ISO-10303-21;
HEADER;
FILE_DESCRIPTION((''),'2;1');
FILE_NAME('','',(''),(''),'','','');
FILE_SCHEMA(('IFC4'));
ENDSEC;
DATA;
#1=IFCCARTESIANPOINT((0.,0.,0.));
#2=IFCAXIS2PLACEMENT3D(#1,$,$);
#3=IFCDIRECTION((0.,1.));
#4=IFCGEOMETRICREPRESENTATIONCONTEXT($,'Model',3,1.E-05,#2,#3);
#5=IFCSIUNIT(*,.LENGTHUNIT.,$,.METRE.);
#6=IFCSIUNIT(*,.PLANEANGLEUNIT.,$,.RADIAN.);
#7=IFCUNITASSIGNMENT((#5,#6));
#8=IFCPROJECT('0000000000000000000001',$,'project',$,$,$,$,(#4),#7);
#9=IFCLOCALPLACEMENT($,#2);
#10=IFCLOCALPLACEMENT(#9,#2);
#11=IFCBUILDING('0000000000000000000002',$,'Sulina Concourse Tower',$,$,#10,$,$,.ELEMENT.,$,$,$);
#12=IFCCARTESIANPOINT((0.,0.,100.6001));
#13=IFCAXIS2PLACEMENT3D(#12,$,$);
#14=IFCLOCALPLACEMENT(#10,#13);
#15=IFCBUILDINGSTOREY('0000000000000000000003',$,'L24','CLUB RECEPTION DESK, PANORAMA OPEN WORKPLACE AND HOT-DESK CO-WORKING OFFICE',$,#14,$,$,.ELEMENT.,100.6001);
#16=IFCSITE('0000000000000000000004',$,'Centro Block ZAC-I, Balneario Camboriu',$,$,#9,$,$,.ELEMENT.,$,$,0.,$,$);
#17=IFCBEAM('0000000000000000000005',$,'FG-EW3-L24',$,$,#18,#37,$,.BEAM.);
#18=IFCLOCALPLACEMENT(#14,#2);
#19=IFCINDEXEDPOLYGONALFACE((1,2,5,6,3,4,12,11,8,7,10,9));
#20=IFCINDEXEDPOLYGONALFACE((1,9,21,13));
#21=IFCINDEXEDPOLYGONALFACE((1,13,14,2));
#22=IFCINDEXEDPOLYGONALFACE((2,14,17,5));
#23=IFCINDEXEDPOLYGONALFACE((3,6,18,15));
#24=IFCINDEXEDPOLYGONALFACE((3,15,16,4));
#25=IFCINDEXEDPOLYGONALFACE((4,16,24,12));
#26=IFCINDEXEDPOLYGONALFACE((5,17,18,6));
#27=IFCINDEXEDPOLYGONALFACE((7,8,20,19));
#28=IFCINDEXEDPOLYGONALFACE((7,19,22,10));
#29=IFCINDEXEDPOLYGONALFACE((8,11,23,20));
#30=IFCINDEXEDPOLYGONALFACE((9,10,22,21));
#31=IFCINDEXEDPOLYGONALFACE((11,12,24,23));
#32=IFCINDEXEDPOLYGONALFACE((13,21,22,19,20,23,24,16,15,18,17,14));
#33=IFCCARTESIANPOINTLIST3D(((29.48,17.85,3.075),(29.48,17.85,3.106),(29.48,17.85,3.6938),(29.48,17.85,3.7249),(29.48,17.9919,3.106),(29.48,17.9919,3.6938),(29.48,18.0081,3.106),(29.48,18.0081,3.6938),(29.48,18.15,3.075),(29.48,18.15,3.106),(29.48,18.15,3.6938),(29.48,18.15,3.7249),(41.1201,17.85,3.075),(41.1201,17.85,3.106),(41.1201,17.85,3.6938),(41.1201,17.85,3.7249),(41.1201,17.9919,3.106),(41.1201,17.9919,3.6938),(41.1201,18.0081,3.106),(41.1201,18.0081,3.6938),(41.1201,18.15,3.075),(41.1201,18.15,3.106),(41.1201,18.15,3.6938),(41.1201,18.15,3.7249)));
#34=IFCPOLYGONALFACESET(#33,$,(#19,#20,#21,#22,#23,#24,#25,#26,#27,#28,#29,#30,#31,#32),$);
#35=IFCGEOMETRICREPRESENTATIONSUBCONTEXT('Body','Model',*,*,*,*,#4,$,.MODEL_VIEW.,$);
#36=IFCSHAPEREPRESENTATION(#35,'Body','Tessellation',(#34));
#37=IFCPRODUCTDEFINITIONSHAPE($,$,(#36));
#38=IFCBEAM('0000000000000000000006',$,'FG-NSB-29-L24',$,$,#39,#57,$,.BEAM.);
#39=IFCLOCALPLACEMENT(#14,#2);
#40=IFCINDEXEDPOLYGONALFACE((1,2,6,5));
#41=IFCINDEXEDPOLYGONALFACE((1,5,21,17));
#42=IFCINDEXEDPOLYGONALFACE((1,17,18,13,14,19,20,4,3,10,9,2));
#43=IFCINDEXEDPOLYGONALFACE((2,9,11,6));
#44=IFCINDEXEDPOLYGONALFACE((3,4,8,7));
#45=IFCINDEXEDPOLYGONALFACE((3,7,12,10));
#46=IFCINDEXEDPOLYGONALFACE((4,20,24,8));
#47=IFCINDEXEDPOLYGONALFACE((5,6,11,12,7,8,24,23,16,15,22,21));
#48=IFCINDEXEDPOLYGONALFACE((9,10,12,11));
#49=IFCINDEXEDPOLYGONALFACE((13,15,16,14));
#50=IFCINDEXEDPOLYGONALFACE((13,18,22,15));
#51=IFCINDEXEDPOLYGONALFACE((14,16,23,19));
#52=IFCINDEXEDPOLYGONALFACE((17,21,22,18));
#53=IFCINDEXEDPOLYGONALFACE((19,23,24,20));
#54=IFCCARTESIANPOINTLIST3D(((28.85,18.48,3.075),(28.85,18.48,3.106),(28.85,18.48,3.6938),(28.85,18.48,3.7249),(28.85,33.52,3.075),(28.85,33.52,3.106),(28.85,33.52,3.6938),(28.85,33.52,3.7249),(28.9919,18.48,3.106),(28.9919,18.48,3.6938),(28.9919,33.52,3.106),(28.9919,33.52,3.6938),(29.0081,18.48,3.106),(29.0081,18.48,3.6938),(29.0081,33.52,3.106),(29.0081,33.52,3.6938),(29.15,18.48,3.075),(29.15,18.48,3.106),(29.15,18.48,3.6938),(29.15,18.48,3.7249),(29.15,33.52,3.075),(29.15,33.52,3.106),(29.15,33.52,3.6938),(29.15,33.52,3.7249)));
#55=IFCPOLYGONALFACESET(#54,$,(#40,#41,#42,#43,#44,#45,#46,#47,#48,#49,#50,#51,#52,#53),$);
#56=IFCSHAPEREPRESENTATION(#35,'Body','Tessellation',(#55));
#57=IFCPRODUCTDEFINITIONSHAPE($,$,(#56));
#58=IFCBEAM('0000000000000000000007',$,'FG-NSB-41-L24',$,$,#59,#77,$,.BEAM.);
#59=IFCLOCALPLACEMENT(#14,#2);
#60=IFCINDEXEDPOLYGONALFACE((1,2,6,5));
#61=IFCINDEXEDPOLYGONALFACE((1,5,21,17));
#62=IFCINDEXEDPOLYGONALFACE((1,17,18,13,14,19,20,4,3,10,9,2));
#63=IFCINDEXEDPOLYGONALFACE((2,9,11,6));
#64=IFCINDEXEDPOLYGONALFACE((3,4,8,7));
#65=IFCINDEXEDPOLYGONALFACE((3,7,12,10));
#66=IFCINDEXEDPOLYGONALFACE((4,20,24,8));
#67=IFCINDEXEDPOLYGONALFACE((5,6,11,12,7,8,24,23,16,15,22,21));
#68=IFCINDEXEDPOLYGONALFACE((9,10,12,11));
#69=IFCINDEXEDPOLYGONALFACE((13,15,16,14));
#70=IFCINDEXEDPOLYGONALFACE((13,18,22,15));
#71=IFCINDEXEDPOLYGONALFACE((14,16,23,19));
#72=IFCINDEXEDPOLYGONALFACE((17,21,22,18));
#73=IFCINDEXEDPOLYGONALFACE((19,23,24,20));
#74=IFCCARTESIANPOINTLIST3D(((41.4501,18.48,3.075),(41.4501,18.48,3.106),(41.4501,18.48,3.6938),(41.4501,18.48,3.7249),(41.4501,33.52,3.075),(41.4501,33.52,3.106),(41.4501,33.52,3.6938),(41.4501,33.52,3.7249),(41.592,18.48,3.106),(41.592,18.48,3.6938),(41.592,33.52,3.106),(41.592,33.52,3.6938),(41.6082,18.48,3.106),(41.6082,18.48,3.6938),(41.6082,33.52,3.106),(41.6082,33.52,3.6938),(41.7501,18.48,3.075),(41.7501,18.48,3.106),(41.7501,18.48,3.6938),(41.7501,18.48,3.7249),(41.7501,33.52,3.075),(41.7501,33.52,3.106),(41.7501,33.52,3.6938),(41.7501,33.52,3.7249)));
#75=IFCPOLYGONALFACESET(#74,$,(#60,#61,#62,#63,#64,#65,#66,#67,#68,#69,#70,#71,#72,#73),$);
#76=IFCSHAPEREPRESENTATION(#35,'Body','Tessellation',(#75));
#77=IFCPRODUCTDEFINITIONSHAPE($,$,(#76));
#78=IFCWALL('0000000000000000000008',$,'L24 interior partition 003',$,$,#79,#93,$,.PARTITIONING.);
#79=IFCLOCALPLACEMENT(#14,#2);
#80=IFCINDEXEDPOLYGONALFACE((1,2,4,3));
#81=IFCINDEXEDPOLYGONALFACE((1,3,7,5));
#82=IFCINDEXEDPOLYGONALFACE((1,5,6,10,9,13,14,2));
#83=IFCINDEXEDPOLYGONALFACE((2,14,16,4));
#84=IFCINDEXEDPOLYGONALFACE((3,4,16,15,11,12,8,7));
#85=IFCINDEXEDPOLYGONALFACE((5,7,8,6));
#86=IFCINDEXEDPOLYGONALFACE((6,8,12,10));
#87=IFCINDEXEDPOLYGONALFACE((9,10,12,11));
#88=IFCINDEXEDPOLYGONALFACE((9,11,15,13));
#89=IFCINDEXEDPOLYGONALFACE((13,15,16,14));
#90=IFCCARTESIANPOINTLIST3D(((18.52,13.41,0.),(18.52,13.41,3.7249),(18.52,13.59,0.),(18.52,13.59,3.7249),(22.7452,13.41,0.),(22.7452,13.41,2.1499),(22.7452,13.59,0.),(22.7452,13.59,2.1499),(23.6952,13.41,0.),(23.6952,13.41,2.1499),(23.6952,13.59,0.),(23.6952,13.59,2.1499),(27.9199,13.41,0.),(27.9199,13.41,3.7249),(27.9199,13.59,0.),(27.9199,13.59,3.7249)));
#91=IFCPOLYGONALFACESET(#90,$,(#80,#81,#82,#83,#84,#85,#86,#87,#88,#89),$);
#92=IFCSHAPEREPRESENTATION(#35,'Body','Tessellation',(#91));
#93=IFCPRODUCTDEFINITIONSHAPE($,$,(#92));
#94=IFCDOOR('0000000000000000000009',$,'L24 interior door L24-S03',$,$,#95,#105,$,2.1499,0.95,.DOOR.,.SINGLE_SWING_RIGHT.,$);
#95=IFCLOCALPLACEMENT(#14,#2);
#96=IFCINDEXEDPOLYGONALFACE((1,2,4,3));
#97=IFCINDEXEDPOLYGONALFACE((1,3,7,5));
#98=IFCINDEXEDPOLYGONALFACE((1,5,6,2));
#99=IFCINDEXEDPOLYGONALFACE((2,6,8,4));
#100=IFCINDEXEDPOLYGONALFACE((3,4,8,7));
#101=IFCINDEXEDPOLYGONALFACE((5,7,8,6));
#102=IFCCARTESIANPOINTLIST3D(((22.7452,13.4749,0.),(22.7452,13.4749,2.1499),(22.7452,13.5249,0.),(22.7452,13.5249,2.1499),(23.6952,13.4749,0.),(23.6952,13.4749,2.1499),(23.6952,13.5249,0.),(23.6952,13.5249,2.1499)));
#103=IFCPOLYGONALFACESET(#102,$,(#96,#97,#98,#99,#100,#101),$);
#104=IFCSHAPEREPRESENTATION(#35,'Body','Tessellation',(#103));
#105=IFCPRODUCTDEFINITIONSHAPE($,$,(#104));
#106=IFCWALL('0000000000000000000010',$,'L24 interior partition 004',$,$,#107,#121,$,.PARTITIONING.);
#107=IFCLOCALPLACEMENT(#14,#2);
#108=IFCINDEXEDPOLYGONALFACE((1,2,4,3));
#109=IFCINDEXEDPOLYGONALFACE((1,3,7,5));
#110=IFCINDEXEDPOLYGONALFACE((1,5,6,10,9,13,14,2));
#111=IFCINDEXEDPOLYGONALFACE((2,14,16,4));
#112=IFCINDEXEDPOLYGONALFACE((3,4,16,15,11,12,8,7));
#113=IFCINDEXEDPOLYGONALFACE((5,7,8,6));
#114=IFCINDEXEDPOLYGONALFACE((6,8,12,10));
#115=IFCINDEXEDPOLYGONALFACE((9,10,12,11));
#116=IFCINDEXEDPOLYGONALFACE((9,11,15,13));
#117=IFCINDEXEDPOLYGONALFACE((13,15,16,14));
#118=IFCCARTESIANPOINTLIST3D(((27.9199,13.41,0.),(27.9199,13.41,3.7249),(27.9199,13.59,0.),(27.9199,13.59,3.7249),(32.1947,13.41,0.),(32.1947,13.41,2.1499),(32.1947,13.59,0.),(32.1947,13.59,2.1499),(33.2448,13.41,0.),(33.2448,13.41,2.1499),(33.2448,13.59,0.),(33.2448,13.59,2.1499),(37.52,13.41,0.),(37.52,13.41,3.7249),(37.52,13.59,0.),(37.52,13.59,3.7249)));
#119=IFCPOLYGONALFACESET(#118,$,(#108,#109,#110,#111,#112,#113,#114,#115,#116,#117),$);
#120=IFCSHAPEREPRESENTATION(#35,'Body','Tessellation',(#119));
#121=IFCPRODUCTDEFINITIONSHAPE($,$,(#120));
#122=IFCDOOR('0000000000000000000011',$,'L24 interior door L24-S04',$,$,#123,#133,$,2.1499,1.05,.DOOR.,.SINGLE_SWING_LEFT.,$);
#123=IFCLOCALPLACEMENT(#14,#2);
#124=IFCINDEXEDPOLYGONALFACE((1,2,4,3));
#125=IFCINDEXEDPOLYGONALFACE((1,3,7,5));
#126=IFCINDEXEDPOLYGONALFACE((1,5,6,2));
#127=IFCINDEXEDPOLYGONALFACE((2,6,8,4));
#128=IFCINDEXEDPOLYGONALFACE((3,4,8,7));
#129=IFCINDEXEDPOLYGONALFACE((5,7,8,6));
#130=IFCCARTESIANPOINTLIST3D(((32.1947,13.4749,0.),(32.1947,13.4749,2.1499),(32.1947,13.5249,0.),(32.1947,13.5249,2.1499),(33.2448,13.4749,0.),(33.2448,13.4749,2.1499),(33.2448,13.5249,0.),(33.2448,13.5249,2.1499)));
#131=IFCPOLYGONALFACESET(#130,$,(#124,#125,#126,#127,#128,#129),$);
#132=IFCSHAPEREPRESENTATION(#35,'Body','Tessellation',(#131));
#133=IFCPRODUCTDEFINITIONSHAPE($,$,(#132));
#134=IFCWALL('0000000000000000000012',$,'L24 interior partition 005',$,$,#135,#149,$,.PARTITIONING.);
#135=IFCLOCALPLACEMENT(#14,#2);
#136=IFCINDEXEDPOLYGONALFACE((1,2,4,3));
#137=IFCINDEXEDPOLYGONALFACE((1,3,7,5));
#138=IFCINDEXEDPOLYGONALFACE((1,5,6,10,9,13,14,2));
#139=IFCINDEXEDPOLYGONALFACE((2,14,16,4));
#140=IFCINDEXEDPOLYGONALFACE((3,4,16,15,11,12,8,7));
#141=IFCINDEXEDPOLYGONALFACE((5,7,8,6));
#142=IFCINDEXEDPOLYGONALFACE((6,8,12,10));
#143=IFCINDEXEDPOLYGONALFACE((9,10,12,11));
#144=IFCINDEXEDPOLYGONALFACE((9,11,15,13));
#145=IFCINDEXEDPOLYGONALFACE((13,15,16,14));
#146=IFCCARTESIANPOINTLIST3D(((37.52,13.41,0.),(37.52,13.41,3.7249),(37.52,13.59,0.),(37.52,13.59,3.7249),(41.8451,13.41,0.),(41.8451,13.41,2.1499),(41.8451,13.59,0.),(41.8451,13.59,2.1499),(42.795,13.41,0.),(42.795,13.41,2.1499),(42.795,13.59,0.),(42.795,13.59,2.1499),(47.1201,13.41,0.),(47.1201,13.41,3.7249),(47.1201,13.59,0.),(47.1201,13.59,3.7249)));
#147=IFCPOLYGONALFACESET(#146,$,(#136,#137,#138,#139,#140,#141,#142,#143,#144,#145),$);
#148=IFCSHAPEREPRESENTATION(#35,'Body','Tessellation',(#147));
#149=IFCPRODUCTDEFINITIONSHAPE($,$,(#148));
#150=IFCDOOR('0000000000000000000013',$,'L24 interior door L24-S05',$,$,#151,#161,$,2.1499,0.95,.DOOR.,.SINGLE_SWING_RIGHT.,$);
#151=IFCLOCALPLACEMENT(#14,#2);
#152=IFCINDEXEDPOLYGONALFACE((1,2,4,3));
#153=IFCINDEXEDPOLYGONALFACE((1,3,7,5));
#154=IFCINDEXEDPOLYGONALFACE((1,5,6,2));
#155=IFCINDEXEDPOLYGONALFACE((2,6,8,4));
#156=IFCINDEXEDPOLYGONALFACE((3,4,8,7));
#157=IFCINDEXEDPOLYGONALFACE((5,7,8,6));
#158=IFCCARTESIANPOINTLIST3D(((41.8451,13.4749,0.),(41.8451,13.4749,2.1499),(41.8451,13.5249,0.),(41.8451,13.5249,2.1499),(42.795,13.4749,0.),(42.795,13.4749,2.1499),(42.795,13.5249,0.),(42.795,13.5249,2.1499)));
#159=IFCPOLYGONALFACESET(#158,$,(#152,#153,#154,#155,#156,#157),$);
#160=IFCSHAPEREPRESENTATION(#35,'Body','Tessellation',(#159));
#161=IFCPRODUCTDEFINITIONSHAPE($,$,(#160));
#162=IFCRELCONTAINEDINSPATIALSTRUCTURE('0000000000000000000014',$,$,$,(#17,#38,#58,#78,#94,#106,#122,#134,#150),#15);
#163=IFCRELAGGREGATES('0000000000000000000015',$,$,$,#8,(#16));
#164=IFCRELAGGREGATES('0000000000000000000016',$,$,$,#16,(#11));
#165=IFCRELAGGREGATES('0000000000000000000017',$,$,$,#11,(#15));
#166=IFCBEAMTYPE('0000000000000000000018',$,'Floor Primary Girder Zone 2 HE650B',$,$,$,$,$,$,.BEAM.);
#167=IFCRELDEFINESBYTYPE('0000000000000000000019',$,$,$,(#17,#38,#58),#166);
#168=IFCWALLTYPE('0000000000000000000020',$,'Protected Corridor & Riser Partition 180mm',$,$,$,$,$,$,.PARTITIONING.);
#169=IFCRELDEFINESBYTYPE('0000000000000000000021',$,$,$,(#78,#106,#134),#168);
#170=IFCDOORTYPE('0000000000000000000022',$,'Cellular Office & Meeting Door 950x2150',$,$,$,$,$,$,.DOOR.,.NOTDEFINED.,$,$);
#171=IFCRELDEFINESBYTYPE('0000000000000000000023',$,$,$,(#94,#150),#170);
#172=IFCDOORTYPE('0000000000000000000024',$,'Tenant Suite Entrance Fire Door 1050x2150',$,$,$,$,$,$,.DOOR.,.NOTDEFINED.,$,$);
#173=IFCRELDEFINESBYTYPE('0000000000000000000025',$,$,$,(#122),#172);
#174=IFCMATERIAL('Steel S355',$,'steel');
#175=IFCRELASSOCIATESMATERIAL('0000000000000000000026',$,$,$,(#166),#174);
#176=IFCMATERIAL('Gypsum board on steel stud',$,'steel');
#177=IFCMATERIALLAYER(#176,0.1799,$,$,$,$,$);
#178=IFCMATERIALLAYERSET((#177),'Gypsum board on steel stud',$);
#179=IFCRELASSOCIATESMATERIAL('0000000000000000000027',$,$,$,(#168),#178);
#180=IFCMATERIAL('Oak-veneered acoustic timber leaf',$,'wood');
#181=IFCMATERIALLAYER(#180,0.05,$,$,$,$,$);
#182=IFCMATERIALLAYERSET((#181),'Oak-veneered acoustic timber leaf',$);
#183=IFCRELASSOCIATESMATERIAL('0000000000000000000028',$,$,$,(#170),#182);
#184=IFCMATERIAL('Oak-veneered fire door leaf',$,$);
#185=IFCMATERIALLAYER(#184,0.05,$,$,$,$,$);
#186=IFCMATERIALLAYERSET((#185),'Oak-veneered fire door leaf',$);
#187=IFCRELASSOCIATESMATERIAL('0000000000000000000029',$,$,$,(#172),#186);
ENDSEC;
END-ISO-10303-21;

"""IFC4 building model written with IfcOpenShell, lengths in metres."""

from ifc_helpers import new_model, si_unit, direction, frame, frame_2d, origin, origin_2d, place, context, subcontext, project, spatial, rectangle, i_section, extrude, material, layer, layer_set, material_profile, profile_set, type_object, element, fill, save


model = new_model("IFC4")

# Units and contexts
model_context = context("Model", 3, precision=1e-05, world=origin(), true_north=direction((0.0, 1.0)))
body_context = subcontext(model_context, "Body", "Model", "MODEL_VIEW")
ifc_project = project(units=[si_unit("LENGTHUNIT", "METRE"), si_unit("PLANEANGLEUNIT", "RADIAN")], contexts=[model_context])

# Site, building, storey
site_placement = place(None, origin())
site = spatial("IfcSite", under=ifc_project, at=site_placement, Name="Centro Block ZAC-I, Balneario Camboriu", CompositionType="ELEMENT", RefElevation=0.0)
building_placement = place(site_placement, origin())
building = spatial("IfcBuilding", under=site, at=building_placement, Name="Sulina Concourse Tower", CompositionType="ELEMENT")
storey_placement = place(building_placement, frame((0.0, 0.0, 100.6001)))
storey = spatial("IfcBuildingStorey", under=building, at=storey_placement, Name="L24", Description="CLUB RECEPTION DESK, PANORAMA OPEN WORKPLACE AND HOT-DESK CO-WORKING OFFICE", CompositionType="ELEMENT", Elevation=100.6001)

# Beams
ifc_material_1 = material(Name="Steel S355", Category="steel")
ifc_material_profile_1 = material_profile(ifc_material_1, i_section(OverallWidth=0.3, OverallDepth=0.6499, WebThickness=0.0161, FlangeThickness=0.031, at=origin_2d()), Name="HE 650 B")
ifc_profile_set_1 = profile_set([ifc_material_profile_1], Name="Steel S355")
beam_type_1 = type_object("IfcBeamType", Name="Floor Primary Girder Zone 2 HE650B", PredefinedType="BEAM", material=ifc_profile_set_1)
beam_1_placement = place(storey_placement, frame((29.48, 18.0, 3.3999), z_axis=(1.0, 0.0, 0.0), x_axis=(0.0, 1.0, 0.0)))
element("IfcBeam", 1, at=beam_1_placement, inside=storey, type_object=beam_type_1, Name="FG-EW3-L24", PredefinedType="BEAM", context=body_context, shape_type="SweptSolid", body=[
    extrude(i_section(OverallWidth=0.3, OverallDepth=0.6499, WebThickness=0.0161, FlangeThickness=0.031, at=origin_2d()), origin(), (0.0, 0.0, 1.0), 11.6401),
])
for number, where, z_axis, x_axis, name in (
    (2, (29.0, 18.48, 3.3999), (0.0, 1.0, 0.0), (-1.0, 0.0, 0.0), "FG-NSB-29-L24"),
    (3, (41.6001, 18.48, 3.3999), (0.0, 1.0, 0.0), (-1.0, 0.0, 0.0), "FG-NSB-41-L24"),
):
    element("IfcBeam", number, at=place(storey_placement, frame(where, z_axis=z_axis, x_axis=x_axis)), inside=storey, type_object=beam_type_1, Name=name, PredefinedType="BEAM", context=body_context, shape_type="SweptSolid", body=[
        extrude(i_section(OverallWidth=0.3, OverallDepth=0.6499, WebThickness=0.0161, FlangeThickness=0.031, at=origin_2d()), origin(), (0.0, 0.0, 1.0), 15.04),
    ])

# Walls, openings, doors
ifc_material_2 = material(Name="Gypsum board on steel stud", Category="steel")
ifc_layer_1 = layer(ifc_material_2, 0.1799)
ifc_layer_set_1 = layer_set([ifc_layer_1], Name="Gypsum board on steel stud")
wall_type = type_object("IfcWallType", Name="Protected Corridor & Riser Partition 180mm", PredefinedType="PARTITIONING", material=ifc_layer_set_1)
wall_1_placement = place(storey_placement, frame((18.52, 13.5, 0.0), z_axis=(0.0, 0.0, 1.0), x_axis=(1.0, 0.0, 0.0)))
wall_1 = element("IfcWall", 4, at=wall_1_placement, inside=storey, type_object=wall_type, Name="L24 interior partition 003", PredefinedType="PARTITIONING", context=body_context, shape_type="SweptSolid", body=[
    extrude(rectangle(XDim=9.3999, YDim=0.1799, at=frame_2d((4.7, 0.0))), origin(), (0.0, 0.0, 1.0), 3.7249),
])
opening_1_placement = place(wall_1_placement, frame((4.2251, 0.0, 0.0)))
opening_1 = element("IfcOpeningElement", 5, at=opening_1_placement, cuts=wall_1, PredefinedType="OPENING", context=body_context, shape_type="SweptSolid", body=[
    extrude(rectangle(XDim=0.95, YDim=2.1499, at=frame_2d((0.4751, 1.075))), frame((0.0, 0.0999, 0.0), z_axis=(0.0, -1.0, 0.0), x_axis=(1.0, 0.0, 0.0)), (0.0, 0.0, 1.0), 0.2),
])
ifc_material_3 = material(Name="Oak-veneered acoustic timber leaf", Category="wood")
ifc_layer_2 = layer(ifc_material_3, 0.05)
ifc_layer_set_2 = layer_set([ifc_layer_2], Name="Oak-veneered acoustic timber leaf")
door_type_1 = type_object("IfcDoorType", Name="Cellular Office & Meeting Door 950x2150", OperationType="NOTDEFINED", PredefinedType="DOOR", material=ifc_layer_set_2)
door_1_placement = place(opening_1_placement, origin())
door_1 = element("IfcDoor", 6, at=door_1_placement, inside=storey, type_object=door_type_1, Name="L24 interior door L24-S03", OperationType="SINGLE_SWING_RIGHT", OverallHeight=2.1499, OverallWidth=0.95, PredefinedType="DOOR", context=body_context, shape_type="SweptSolid", body=[
    extrude(rectangle(XDim=0.95, YDim=2.1499, at=frame_2d((0.4751, 1.075))), frame((0.0, 0.0249, 0.0), z_axis=(0.0, -1.0, 0.0), x_axis=(1.0, 0.0, 0.0)), (0.0, 0.0, 1.0), 0.05),
])
fill(opening_1, door_1)
wall_2_placement = place(storey_placement, frame((27.9199, 13.5, 0.0), z_axis=(0.0, 0.0, 1.0), x_axis=(1.0, 0.0, 0.0)))
wall_2 = element("IfcWall", 7, at=wall_2_placement, inside=storey, type_object=wall_type, Name="L24 interior partition 004", PredefinedType="PARTITIONING", context=body_context, shape_type="SweptSolid", body=[
    extrude(rectangle(XDim=9.6001, YDim=0.1799, at=frame_2d((4.8, 0.0))), origin(), (0.0, 0.0, 1.0), 3.7249),
])
opening_2_placement = place(wall_2_placement, frame((4.2749, 0.0, 0.0)))
opening_2 = element("IfcOpeningElement", 8, at=opening_2_placement, cuts=wall_2, PredefinedType="OPENING", context=body_context, shape_type="SweptSolid", body=[
    extrude(rectangle(XDim=1.05, YDim=2.1499, at=frame_2d((0.5249, 1.075))), frame((0.0, 0.0999, 0.0), z_axis=(0.0, -1.0, 0.0), x_axis=(1.0, 0.0, 0.0)), (0.0, 0.0, 1.0), 0.2),
])
ifc_material_4 = material(Name="Oak-veneered fire door leaf")
ifc_layer_3 = layer(ifc_material_4, 0.05)
ifc_layer_set_3 = layer_set([ifc_layer_3], Name="Oak-veneered fire door leaf")
door_type_2 = type_object("IfcDoorType", Name="Tenant Suite Entrance Fire Door 1050x2150", OperationType="NOTDEFINED", PredefinedType="DOOR", material=ifc_layer_set_3)
door_2_placement = place(opening_2_placement, origin())
door_2 = element("IfcDoor", 9, at=door_2_placement, inside=storey, type_object=door_type_2, Name="L24 interior door L24-S04", OperationType="SINGLE_SWING_LEFT", OverallHeight=2.1499, OverallWidth=1.05, PredefinedType="DOOR", context=body_context, shape_type="SweptSolid", body=[
    extrude(rectangle(XDim=1.05, YDim=2.1499, at=frame_2d((0.5249, 1.075))), frame((0.0, 0.0249, 0.0), z_axis=(0.0, -1.0, 0.0), x_axis=(1.0, 0.0, 0.0)), (0.0, 0.0, 1.0), 0.05),
])
fill(opening_2, door_2)
wall_3_placement = place(storey_placement, frame((37.52, 13.5, 0.0), z_axis=(0.0, 0.0, 1.0), x_axis=(1.0, 0.0, 0.0)))
wall_3 = element("IfcWall", 10, at=wall_3_placement, inside=storey, type_object=wall_type, Name="L24 interior partition 005", PredefinedType="PARTITIONING", context=body_context, shape_type="SweptSolid", body=[
    extrude(rectangle(XDim=9.6001, YDim=0.1799, at=frame_2d((4.8, 0.0))), origin(), (0.0, 0.0, 1.0), 3.7249),
])
opening_3_placement = place(wall_3_placement, frame((4.325, 0.0, 0.0)))
opening_3 = element("IfcOpeningElement", 11, at=opening_3_placement, cuts=wall_3, PredefinedType="OPENING", context=body_context, shape_type="SweptSolid", body=[
    extrude(rectangle(XDim=0.95, YDim=2.1499, at=frame_2d((0.4751, 1.075))), frame((0.0, 0.0999, 0.0), z_axis=(0.0, -1.0, 0.0), x_axis=(1.0, 0.0, 0.0)), (0.0, 0.0, 1.0), 0.2),
])
door_3_placement = place(opening_3_placement, origin())
door_3 = element("IfcDoor", 12, at=door_3_placement, inside=storey, type_object=door_type_1, Name="L24 interior door L24-S05", OperationType="SINGLE_SWING_RIGHT", OverallHeight=2.1499, OverallWidth=0.95, PredefinedType="DOOR", context=body_context, shape_type="SweptSolid", body=[
    extrude(rectangle(XDim=0.95, YDim=2.1499, at=frame_2d((0.4751, 1.075))), frame((0.0, 0.0249, 0.0), z_axis=(0.0, -1.0, 0.0), x_axis=(1.0, 0.0, 0.0)), (0.0, 0.0, 1.0), 0.05),
])
fill(opening_3, door_3)

save(model, "model.ifc")
